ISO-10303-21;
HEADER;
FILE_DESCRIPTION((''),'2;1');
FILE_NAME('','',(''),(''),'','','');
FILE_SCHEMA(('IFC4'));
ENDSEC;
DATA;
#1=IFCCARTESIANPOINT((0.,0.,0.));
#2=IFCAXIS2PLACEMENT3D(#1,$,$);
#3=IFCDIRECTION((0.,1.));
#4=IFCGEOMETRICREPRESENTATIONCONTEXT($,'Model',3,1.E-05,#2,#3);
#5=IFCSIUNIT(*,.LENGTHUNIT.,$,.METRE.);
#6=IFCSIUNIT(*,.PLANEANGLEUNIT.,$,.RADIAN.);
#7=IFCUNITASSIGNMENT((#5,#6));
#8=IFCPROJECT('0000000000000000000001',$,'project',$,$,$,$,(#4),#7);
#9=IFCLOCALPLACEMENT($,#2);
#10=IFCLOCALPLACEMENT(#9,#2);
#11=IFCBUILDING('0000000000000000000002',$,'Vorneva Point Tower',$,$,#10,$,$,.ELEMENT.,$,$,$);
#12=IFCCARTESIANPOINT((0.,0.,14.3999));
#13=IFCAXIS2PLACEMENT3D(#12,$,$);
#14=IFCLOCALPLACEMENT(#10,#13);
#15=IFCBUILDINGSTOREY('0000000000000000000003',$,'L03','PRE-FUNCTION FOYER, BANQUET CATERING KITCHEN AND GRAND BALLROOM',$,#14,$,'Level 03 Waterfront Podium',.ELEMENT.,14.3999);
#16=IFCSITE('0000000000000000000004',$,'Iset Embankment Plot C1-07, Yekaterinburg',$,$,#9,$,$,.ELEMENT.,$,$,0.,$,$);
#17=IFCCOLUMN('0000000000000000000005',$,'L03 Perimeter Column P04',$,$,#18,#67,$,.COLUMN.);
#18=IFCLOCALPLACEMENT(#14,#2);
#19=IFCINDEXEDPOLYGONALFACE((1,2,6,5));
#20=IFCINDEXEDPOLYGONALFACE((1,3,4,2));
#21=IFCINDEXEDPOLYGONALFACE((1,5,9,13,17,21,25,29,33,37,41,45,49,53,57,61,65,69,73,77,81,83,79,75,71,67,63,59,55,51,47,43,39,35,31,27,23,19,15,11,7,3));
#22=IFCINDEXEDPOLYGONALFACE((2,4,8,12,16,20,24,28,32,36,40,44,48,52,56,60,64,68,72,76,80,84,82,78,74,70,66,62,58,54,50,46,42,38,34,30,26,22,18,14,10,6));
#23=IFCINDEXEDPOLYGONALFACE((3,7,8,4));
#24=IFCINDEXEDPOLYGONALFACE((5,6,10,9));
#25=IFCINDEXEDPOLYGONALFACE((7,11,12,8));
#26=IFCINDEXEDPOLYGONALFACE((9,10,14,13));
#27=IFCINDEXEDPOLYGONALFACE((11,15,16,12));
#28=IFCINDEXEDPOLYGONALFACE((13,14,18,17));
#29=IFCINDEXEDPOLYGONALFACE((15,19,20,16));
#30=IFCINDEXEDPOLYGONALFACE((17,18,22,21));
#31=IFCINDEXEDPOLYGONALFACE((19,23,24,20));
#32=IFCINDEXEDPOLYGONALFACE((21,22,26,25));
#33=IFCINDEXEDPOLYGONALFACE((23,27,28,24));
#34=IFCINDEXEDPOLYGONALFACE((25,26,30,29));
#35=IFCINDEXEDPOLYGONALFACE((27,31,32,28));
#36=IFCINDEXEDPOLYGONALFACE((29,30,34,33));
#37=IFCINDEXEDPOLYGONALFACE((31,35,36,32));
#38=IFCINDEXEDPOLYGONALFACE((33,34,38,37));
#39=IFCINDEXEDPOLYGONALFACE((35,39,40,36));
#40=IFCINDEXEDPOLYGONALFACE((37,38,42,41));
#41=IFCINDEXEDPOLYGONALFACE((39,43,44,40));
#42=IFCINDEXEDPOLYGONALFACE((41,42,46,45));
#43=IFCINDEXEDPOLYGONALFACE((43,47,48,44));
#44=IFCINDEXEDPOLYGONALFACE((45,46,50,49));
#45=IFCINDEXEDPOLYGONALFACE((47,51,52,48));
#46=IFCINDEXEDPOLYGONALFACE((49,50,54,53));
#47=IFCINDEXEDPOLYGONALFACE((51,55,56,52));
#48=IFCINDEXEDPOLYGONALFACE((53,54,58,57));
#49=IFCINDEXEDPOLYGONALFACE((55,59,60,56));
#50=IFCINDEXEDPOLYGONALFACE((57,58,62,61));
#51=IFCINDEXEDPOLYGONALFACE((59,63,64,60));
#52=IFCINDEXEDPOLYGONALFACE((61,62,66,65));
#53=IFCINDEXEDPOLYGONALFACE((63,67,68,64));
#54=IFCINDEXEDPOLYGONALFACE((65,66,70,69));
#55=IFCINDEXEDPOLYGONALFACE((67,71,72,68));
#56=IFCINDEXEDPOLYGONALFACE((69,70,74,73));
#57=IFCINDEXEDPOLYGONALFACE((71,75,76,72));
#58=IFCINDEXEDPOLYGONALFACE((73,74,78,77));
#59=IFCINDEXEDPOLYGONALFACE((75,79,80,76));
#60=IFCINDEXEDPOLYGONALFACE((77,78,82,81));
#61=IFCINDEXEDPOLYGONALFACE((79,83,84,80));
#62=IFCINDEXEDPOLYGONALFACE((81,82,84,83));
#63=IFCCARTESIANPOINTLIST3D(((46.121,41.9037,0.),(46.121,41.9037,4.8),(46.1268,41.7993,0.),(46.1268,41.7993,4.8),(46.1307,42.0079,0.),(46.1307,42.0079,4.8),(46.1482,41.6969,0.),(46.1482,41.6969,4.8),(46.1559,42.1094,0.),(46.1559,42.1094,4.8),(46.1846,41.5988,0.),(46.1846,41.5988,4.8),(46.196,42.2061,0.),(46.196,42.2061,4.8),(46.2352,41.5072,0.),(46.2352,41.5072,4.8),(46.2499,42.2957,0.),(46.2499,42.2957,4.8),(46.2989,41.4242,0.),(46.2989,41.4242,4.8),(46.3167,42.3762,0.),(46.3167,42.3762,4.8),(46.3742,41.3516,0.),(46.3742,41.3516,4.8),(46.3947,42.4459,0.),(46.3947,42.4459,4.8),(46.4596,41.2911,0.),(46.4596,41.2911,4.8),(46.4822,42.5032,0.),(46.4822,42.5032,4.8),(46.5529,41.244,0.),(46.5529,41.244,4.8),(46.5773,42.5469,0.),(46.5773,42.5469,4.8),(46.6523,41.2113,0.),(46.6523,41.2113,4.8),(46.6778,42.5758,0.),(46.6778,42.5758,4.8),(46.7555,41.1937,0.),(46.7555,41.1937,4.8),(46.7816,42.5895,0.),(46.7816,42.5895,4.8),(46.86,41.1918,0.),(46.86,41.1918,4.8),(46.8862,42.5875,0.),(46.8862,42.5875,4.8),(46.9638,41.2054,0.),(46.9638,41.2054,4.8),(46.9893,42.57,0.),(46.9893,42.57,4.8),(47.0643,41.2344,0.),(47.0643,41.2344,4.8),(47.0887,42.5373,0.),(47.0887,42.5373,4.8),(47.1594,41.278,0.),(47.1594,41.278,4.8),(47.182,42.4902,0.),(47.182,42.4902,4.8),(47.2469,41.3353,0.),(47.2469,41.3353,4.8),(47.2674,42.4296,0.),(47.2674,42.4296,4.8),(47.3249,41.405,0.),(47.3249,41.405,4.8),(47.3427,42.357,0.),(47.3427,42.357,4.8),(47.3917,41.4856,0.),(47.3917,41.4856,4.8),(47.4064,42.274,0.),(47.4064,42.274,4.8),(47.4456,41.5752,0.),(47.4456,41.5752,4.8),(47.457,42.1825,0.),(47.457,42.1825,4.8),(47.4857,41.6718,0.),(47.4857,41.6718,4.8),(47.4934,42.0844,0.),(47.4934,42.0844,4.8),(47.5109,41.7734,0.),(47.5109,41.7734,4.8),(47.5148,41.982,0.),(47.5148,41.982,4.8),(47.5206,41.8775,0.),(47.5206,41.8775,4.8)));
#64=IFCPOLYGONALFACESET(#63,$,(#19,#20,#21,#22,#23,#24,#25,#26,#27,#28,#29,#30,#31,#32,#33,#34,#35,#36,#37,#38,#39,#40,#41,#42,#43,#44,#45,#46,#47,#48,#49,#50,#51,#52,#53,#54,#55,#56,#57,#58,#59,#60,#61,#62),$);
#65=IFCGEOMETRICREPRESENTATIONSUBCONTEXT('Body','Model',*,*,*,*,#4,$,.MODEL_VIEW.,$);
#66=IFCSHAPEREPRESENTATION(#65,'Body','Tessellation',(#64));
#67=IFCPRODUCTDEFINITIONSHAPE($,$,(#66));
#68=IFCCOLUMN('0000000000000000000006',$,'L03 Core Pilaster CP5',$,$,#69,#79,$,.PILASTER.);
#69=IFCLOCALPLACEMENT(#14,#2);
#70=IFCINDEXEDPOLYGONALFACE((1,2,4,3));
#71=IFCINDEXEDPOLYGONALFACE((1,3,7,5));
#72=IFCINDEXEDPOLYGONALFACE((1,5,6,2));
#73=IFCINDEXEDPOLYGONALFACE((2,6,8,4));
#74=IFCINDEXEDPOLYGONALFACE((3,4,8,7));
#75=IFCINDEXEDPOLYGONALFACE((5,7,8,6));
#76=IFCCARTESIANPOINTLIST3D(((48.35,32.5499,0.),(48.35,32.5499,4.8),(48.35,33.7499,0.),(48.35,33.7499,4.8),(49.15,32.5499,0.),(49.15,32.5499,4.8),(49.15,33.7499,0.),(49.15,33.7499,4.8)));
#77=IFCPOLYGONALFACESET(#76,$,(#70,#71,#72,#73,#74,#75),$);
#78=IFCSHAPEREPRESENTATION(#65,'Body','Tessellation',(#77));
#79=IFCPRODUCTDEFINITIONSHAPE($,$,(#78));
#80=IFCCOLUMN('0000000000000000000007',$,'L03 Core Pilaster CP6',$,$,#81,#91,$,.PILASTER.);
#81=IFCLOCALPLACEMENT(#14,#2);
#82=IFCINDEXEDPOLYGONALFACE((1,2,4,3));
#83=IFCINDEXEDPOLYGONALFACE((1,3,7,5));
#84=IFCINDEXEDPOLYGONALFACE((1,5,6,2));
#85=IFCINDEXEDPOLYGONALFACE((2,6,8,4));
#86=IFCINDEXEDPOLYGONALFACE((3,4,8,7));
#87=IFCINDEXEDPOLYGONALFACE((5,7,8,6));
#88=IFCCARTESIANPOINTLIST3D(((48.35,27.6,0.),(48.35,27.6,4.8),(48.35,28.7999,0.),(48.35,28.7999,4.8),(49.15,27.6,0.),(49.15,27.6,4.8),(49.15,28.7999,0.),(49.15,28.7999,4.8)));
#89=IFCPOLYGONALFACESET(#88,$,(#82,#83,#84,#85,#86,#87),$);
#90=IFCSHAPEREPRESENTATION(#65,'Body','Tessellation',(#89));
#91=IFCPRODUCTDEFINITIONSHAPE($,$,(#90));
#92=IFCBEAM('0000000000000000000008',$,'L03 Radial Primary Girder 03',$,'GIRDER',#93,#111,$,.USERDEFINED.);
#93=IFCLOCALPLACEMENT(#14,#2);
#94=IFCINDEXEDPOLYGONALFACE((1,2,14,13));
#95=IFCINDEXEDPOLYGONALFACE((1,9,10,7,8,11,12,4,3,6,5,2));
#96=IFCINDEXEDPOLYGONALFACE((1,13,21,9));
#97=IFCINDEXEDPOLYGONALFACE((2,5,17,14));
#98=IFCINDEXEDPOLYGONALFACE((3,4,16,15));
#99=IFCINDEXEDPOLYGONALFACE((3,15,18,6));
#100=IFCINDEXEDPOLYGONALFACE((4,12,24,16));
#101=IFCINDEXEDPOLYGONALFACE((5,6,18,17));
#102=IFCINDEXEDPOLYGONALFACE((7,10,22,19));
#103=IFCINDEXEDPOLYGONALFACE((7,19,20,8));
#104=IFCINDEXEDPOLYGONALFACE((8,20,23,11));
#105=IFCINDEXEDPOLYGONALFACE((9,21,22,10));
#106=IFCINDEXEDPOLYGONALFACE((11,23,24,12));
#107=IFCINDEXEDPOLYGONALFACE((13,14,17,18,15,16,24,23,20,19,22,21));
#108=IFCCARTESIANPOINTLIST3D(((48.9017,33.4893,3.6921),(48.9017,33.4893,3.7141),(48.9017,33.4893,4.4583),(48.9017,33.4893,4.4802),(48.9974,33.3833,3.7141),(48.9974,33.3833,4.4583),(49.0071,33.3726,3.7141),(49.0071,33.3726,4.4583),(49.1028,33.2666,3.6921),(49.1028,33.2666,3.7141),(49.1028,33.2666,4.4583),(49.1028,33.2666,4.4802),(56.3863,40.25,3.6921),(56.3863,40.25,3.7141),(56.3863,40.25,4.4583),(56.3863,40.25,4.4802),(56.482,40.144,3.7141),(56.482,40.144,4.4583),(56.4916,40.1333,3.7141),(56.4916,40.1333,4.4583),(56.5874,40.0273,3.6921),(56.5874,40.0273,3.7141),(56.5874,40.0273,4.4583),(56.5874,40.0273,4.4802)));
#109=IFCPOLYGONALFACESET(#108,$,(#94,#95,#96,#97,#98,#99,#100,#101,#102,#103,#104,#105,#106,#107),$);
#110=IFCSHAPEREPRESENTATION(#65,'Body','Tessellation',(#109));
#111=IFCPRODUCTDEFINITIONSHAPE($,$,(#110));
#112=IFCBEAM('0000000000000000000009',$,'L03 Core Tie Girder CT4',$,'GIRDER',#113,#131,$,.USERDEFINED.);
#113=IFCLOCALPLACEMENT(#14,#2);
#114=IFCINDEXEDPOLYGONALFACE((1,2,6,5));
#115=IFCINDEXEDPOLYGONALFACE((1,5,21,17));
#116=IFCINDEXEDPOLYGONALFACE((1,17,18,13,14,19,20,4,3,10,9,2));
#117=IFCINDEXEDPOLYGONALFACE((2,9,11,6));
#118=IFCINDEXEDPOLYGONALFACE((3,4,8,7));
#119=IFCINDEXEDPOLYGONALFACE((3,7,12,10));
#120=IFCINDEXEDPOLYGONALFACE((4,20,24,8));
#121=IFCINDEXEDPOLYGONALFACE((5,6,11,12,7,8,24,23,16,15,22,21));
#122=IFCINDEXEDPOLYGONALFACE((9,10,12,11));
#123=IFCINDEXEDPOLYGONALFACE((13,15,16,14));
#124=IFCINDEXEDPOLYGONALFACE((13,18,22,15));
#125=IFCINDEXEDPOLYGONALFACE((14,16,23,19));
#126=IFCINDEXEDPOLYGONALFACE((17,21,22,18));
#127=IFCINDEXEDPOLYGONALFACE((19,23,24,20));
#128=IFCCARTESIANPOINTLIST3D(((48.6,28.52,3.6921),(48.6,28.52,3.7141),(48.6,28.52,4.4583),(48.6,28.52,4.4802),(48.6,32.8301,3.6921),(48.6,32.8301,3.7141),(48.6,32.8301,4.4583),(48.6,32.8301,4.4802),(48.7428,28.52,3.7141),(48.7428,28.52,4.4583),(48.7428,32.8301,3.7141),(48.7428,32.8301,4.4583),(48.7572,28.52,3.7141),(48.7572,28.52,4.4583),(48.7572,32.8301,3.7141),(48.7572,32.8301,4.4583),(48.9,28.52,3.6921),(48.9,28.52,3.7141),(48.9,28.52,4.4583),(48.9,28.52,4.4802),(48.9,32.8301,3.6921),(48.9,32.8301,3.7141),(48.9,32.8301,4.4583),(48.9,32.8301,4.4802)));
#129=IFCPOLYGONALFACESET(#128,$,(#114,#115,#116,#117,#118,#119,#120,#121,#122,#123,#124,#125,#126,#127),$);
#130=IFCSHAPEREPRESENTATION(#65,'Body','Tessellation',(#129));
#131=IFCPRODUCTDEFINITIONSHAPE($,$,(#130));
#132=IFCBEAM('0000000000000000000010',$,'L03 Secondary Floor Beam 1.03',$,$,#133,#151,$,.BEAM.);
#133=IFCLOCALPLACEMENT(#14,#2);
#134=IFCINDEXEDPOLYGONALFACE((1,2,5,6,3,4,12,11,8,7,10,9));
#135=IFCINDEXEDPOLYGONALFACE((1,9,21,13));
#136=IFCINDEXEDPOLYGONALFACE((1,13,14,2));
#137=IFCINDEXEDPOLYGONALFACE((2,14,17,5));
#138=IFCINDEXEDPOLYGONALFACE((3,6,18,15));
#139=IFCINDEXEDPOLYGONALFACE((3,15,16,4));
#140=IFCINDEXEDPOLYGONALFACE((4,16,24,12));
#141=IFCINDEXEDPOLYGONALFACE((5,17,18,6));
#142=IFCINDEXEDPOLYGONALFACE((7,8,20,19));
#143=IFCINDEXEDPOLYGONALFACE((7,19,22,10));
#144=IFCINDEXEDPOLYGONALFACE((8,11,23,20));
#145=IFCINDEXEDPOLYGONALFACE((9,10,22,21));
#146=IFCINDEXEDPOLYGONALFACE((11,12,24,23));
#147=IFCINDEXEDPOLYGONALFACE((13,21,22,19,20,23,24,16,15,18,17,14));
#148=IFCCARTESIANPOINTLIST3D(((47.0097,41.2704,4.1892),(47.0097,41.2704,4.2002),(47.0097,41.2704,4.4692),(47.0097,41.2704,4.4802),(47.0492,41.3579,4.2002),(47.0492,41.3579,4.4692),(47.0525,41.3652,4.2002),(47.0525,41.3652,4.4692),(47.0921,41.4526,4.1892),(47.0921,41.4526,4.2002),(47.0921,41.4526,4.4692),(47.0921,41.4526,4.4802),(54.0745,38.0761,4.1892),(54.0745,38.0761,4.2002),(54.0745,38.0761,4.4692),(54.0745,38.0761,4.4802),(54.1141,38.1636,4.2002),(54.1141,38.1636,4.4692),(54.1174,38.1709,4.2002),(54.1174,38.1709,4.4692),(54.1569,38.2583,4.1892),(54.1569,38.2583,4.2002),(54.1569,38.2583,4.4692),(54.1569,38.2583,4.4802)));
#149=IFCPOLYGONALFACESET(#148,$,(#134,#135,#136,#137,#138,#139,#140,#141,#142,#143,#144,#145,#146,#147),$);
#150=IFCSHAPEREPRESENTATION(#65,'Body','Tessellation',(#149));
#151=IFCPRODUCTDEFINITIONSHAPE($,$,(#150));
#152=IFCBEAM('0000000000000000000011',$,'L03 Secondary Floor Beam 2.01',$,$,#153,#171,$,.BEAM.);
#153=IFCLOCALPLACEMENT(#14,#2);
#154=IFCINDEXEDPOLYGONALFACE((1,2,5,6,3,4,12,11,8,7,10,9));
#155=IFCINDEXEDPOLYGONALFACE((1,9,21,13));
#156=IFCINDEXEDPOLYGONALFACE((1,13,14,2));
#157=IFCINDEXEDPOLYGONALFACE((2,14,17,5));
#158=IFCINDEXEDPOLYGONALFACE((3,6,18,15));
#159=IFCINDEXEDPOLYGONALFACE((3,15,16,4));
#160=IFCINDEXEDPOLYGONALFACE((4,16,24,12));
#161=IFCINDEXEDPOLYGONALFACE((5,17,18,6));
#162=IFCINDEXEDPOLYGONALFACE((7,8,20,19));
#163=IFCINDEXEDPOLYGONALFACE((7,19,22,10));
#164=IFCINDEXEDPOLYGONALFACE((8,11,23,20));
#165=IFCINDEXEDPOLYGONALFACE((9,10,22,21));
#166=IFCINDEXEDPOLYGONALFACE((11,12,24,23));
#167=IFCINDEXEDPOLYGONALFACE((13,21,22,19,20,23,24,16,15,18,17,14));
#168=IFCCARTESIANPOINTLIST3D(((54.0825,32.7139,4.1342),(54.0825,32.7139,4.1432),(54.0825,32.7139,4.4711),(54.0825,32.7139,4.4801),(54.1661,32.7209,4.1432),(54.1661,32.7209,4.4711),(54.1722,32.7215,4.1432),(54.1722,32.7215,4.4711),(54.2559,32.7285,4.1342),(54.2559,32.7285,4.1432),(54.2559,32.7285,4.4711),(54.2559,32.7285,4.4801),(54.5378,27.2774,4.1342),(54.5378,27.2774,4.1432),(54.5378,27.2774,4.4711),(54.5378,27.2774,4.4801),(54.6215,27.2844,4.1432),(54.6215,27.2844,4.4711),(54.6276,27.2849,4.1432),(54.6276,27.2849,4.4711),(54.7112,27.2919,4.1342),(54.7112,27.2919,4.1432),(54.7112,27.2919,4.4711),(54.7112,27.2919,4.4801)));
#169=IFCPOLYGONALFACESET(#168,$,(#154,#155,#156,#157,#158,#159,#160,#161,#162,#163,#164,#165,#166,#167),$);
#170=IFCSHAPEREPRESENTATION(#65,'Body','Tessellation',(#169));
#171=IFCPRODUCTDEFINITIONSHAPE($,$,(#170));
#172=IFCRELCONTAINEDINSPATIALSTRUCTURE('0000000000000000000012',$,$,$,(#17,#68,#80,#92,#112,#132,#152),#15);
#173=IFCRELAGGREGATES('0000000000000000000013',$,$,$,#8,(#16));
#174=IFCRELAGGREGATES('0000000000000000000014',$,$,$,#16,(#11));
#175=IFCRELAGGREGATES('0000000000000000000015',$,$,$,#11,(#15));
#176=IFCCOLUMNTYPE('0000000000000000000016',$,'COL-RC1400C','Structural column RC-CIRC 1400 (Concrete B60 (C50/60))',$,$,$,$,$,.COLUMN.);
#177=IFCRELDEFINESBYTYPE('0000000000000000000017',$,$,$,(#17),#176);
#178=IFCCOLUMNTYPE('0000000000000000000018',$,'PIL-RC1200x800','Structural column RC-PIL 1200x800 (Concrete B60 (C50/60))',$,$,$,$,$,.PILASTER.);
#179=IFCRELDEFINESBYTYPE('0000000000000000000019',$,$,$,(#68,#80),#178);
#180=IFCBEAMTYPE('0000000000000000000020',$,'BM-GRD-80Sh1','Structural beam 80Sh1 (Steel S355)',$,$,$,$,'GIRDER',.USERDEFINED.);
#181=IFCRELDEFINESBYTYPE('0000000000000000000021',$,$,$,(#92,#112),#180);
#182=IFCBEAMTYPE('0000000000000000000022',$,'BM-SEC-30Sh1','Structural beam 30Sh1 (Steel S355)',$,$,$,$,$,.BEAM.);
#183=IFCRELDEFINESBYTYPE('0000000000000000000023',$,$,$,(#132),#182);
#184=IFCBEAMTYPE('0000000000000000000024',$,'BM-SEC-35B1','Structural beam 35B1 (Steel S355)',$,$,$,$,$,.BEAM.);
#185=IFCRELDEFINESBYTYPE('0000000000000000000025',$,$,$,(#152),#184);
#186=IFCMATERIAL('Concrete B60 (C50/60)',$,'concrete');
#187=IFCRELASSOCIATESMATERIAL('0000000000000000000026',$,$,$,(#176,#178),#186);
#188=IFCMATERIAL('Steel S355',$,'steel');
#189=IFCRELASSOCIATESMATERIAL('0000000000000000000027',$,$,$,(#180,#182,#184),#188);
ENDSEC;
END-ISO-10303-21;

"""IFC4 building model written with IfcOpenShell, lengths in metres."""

from ifc_helpers import new_model, si_unit, direction, frame, origin, origin_2d, place, context, subcontext, project, spatial, rectangle, circle, i_section, extrude, material, material_profile, profile_set, type_object, element, save


model = new_model("IFC4")

# Units and contexts
model_context = context("Model", 3, precision=1e-05, world=origin(), true_north=direction((0.0, 1.0)))
body_context = subcontext(model_context, "Body", "Model", "MODEL_VIEW")
ifc_project = project(units=[si_unit("LENGTHUNIT", "METRE"), si_unit("PLANEANGLEUNIT", "RADIAN")], contexts=[model_context])

# Site, building, storey
site_placement = place(None, origin())
site = spatial("IfcSite", under=ifc_project, at=site_placement, Name="Iset Embankment Plot C1-07, Yekaterinburg", CompositionType="ELEMENT", RefElevation=0.0)
building_placement = place(site_placement, origin())
building = spatial("IfcBuilding", under=site, at=building_placement, Name="Vorneva Point Tower", CompositionType="ELEMENT")
storey_placement = place(building_placement, frame((0.0, 0.0, 14.3999)))
storey = spatial("IfcBuildingStorey", under=building, at=storey_placement, Name="L03", Description="PRE-FUNCTION FOYER, BANQUET CATERING KITCHEN AND GRAND BALLROOM", LongName="Level 03 Waterfront Podium", CompositionType="ELEMENT", Elevation=14.3999)

# Columns
ifc_material_1 = material(Name="Concrete B60 (C50/60)", Category="concrete")
ifc_material_profile_1 = material_profile(ifc_material_1, circle(Radius=0.7, at=origin_2d()), Name="RC-CIRC 1400")
ifc_profile_set_1 = profile_set([ifc_material_profile_1], Name="Concrete B60 (C50/60)")
column_type_1 = type_object("IfcColumnType", Name="COL-RC1400C", Description="Structural column RC-CIRC 1400 (Concrete B60 (C50/60))", PredefinedType="COLUMN", material=ifc_profile_set_1)
for number, where, z_axis, x_axis, name in (
    (1, (46.8208, 41.8906, 0.0), (0.0, 0.0, 1.0), (0.382683, 0.92388, 0.0), "L03 Perimeter Column P04"),
):
    element("IfcColumn", number, at=place(storey_placement, frame(where, z_axis=z_axis, x_axis=x_axis)), inside=storey, type_object=column_type_1, Name=name, PredefinedType="COLUMN", context=body_context, shape_type="SweptSolid", body=[
        extrude(circle(Radius=0.7, at=origin_2d()), origin(), (0.0, 0.0, 1.0), 4.8),
    ])
ifc_material_profile_2 = material_profile(ifc_material_1, rectangle(XDim=0.8, YDim=1.2, at=origin_2d()), Name="RC-PIL 1200x800")
ifc_profile_set_2 = profile_set([ifc_material_profile_2], Name="Concrete B60 (C50/60)")
column_type_2 = type_object("IfcColumnType", Name="PIL-RC1200x800", Description="Structural column RC-PIL 1200x800 (Concrete B60 (C50/60))", PredefinedType="PILASTER", material=ifc_profile_set_2)
for number, where, z_axis, x_axis, name in (
    (2, (48.75, 33.1499, 0.0), (0.0, 0.0, 1.0), (1.0, 0.0, 0.0), "L03 Core Pilaster CP5"),
    (3, (48.75, 28.2, 0.0), (0.0, 0.0, 1.0), (1.0, 0.0, 0.0), "L03 Core Pilaster CP6"),
):
    element("IfcColumn", number, at=place(storey_placement, frame(where, z_axis=z_axis, x_axis=x_axis)), inside=storey, type_object=column_type_2, Name=name, PredefinedType="PILASTER", context=body_context, shape_type="SweptSolid", body=[
        extrude(rectangle(XDim=0.8, YDim=1.2, at=origin_2d()), origin(), (0.0, 0.0, 1.0), 4.8),
    ])

# Beams
ifc_material_2 = material(Name="Steel S355", Category="steel")
ifc_material_profile_3 = material_profile(ifc_material_2, i_section(OverallWidth=0.3, OverallDepth=0.7881, WebThickness=0.0144, FlangeThickness=0.022, at=origin_2d()), Name="80Sh1")
ifc_profile_set_3 = profile_set([ifc_material_profile_3], Name="Steel S355")
beam_type_1 = type_object("IfcBeamType", Name="BM-GRD-80Sh1", Description="Structural beam 80Sh1 (Steel S355)", ElementType="GIRDER", PredefinedType="USERDEFINED", material=ifc_profile_set_3)
beam_1_placement = place(storey_placement, frame((56.4868, 40.1387, 4.0862), z_axis=(-0.742081, -0.67031, 0.0), x_axis=(0.67031, -0.742081, 0.0)))
element("IfcBeam", 4, at=beam_1_placement, inside=storey, type_object=beam_type_1, Name="L03 Radial Primary Girder 03", ObjectType="GIRDER", PredefinedType="USERDEFINED", context=body_context, shape_type="SweptSolid", body=[
    extrude(i_section(OverallWidth=0.3, OverallDepth=0.7881, WebThickness=0.0144, FlangeThickness=0.022, at=origin_2d()), origin(), (0.0, 0.0, 1.0), 10.0859),
])
beam_2_placement = place(storey_placement, frame((48.75, 28.52, 4.0862), z_axis=(0.0, 1.0, 0.0), x_axis=(-1.0, 0.0, 0.0)))
element("IfcBeam", 5, at=beam_2_placement, inside=storey, type_object=beam_type_1, Name="L03 Core Tie Girder CT4", ObjectType="GIRDER", PredefinedType="USERDEFINED", context=body_context, shape_type="SweptSolid", body=[
    extrude(i_section(OverallWidth=0.3, OverallDepth=0.7881, WebThickness=0.0144, FlangeThickness=0.022, at=origin_2d()), origin(), (0.0, 0.0, 1.0), 4.3101),
])
ifc_material_profile_4 = material_profile(ifc_material_2, i_section(OverallWidth=0.2, OverallDepth=0.291, WebThickness=0.0081, FlangeThickness=0.011, at=origin_2d()), Name="30Sh1")
ifc_profile_set_4 = profile_set([ifc_material_profile_4], Name="Steel S355")
beam_type_2 = type_object("IfcBeamType", Name="BM-SEC-30Sh1", Description="Structural beam 30Sh1 (Steel S355)", PredefinedType="BEAM", material=ifc_profile_set_4)
beam_3_placement = place(storey_placement, frame((54.1157, 38.1672, 4.3347), z_axis=(-0.911191, 0.411985, 0.0), x_axis=(-0.411985, -0.911191, 0.0)))
element("IfcBeam", 6, at=beam_3_placement, inside=storey, type_object=beam_type_2, Name="L03 Secondary Floor Beam 1.03", PredefinedType="BEAM", context=body_context, shape_type="SweptSolid", body=[
    extrude(i_section(OverallWidth=0.2, OverallDepth=0.291, WebThickness=0.0081, FlangeThickness=0.011, at=origin_2d()), origin(), (0.0, 0.0, 1.0), 7.7534),
])
ifc_material_profile_5 = material_profile(ifc_material_2, i_section(OverallWidth=0.1741, OverallDepth=0.3459, WebThickness=0.0061, FlangeThickness=0.009, at=origin_2d()), Name="35B1")
ifc_profile_set_5 = profile_set([ifc_material_profile_5], Name="Steel S355")
beam_type_3 = type_object("IfcBeamType", Name="BM-SEC-35B1", Description="Structural beam 35B1 (Steel S355)", PredefinedType="BEAM", material=ifc_profile_set_5)
beam_4_placement = place(storey_placement, frame((54.6245, 27.2847, 4.3071), z_axis=(-0.08346, 0.996511, 0.0), x_axis=(-0.996511, -0.08346, 0.0)))
element("IfcBeam", 7, at=beam_4_placement, inside=storey, type_object=beam_type_3, Name="L03 Secondary Floor Beam 2.01", PredefinedType="BEAM", context=body_context, shape_type="SweptSolid", body=[
    extrude(i_section(OverallWidth=0.1741, OverallDepth=0.3459, WebThickness=0.0061, FlangeThickness=0.009, at=origin_2d()), origin(), (0.0, 0.0, 1.0), 5.4556),
])

save(model, "model.ifc")
